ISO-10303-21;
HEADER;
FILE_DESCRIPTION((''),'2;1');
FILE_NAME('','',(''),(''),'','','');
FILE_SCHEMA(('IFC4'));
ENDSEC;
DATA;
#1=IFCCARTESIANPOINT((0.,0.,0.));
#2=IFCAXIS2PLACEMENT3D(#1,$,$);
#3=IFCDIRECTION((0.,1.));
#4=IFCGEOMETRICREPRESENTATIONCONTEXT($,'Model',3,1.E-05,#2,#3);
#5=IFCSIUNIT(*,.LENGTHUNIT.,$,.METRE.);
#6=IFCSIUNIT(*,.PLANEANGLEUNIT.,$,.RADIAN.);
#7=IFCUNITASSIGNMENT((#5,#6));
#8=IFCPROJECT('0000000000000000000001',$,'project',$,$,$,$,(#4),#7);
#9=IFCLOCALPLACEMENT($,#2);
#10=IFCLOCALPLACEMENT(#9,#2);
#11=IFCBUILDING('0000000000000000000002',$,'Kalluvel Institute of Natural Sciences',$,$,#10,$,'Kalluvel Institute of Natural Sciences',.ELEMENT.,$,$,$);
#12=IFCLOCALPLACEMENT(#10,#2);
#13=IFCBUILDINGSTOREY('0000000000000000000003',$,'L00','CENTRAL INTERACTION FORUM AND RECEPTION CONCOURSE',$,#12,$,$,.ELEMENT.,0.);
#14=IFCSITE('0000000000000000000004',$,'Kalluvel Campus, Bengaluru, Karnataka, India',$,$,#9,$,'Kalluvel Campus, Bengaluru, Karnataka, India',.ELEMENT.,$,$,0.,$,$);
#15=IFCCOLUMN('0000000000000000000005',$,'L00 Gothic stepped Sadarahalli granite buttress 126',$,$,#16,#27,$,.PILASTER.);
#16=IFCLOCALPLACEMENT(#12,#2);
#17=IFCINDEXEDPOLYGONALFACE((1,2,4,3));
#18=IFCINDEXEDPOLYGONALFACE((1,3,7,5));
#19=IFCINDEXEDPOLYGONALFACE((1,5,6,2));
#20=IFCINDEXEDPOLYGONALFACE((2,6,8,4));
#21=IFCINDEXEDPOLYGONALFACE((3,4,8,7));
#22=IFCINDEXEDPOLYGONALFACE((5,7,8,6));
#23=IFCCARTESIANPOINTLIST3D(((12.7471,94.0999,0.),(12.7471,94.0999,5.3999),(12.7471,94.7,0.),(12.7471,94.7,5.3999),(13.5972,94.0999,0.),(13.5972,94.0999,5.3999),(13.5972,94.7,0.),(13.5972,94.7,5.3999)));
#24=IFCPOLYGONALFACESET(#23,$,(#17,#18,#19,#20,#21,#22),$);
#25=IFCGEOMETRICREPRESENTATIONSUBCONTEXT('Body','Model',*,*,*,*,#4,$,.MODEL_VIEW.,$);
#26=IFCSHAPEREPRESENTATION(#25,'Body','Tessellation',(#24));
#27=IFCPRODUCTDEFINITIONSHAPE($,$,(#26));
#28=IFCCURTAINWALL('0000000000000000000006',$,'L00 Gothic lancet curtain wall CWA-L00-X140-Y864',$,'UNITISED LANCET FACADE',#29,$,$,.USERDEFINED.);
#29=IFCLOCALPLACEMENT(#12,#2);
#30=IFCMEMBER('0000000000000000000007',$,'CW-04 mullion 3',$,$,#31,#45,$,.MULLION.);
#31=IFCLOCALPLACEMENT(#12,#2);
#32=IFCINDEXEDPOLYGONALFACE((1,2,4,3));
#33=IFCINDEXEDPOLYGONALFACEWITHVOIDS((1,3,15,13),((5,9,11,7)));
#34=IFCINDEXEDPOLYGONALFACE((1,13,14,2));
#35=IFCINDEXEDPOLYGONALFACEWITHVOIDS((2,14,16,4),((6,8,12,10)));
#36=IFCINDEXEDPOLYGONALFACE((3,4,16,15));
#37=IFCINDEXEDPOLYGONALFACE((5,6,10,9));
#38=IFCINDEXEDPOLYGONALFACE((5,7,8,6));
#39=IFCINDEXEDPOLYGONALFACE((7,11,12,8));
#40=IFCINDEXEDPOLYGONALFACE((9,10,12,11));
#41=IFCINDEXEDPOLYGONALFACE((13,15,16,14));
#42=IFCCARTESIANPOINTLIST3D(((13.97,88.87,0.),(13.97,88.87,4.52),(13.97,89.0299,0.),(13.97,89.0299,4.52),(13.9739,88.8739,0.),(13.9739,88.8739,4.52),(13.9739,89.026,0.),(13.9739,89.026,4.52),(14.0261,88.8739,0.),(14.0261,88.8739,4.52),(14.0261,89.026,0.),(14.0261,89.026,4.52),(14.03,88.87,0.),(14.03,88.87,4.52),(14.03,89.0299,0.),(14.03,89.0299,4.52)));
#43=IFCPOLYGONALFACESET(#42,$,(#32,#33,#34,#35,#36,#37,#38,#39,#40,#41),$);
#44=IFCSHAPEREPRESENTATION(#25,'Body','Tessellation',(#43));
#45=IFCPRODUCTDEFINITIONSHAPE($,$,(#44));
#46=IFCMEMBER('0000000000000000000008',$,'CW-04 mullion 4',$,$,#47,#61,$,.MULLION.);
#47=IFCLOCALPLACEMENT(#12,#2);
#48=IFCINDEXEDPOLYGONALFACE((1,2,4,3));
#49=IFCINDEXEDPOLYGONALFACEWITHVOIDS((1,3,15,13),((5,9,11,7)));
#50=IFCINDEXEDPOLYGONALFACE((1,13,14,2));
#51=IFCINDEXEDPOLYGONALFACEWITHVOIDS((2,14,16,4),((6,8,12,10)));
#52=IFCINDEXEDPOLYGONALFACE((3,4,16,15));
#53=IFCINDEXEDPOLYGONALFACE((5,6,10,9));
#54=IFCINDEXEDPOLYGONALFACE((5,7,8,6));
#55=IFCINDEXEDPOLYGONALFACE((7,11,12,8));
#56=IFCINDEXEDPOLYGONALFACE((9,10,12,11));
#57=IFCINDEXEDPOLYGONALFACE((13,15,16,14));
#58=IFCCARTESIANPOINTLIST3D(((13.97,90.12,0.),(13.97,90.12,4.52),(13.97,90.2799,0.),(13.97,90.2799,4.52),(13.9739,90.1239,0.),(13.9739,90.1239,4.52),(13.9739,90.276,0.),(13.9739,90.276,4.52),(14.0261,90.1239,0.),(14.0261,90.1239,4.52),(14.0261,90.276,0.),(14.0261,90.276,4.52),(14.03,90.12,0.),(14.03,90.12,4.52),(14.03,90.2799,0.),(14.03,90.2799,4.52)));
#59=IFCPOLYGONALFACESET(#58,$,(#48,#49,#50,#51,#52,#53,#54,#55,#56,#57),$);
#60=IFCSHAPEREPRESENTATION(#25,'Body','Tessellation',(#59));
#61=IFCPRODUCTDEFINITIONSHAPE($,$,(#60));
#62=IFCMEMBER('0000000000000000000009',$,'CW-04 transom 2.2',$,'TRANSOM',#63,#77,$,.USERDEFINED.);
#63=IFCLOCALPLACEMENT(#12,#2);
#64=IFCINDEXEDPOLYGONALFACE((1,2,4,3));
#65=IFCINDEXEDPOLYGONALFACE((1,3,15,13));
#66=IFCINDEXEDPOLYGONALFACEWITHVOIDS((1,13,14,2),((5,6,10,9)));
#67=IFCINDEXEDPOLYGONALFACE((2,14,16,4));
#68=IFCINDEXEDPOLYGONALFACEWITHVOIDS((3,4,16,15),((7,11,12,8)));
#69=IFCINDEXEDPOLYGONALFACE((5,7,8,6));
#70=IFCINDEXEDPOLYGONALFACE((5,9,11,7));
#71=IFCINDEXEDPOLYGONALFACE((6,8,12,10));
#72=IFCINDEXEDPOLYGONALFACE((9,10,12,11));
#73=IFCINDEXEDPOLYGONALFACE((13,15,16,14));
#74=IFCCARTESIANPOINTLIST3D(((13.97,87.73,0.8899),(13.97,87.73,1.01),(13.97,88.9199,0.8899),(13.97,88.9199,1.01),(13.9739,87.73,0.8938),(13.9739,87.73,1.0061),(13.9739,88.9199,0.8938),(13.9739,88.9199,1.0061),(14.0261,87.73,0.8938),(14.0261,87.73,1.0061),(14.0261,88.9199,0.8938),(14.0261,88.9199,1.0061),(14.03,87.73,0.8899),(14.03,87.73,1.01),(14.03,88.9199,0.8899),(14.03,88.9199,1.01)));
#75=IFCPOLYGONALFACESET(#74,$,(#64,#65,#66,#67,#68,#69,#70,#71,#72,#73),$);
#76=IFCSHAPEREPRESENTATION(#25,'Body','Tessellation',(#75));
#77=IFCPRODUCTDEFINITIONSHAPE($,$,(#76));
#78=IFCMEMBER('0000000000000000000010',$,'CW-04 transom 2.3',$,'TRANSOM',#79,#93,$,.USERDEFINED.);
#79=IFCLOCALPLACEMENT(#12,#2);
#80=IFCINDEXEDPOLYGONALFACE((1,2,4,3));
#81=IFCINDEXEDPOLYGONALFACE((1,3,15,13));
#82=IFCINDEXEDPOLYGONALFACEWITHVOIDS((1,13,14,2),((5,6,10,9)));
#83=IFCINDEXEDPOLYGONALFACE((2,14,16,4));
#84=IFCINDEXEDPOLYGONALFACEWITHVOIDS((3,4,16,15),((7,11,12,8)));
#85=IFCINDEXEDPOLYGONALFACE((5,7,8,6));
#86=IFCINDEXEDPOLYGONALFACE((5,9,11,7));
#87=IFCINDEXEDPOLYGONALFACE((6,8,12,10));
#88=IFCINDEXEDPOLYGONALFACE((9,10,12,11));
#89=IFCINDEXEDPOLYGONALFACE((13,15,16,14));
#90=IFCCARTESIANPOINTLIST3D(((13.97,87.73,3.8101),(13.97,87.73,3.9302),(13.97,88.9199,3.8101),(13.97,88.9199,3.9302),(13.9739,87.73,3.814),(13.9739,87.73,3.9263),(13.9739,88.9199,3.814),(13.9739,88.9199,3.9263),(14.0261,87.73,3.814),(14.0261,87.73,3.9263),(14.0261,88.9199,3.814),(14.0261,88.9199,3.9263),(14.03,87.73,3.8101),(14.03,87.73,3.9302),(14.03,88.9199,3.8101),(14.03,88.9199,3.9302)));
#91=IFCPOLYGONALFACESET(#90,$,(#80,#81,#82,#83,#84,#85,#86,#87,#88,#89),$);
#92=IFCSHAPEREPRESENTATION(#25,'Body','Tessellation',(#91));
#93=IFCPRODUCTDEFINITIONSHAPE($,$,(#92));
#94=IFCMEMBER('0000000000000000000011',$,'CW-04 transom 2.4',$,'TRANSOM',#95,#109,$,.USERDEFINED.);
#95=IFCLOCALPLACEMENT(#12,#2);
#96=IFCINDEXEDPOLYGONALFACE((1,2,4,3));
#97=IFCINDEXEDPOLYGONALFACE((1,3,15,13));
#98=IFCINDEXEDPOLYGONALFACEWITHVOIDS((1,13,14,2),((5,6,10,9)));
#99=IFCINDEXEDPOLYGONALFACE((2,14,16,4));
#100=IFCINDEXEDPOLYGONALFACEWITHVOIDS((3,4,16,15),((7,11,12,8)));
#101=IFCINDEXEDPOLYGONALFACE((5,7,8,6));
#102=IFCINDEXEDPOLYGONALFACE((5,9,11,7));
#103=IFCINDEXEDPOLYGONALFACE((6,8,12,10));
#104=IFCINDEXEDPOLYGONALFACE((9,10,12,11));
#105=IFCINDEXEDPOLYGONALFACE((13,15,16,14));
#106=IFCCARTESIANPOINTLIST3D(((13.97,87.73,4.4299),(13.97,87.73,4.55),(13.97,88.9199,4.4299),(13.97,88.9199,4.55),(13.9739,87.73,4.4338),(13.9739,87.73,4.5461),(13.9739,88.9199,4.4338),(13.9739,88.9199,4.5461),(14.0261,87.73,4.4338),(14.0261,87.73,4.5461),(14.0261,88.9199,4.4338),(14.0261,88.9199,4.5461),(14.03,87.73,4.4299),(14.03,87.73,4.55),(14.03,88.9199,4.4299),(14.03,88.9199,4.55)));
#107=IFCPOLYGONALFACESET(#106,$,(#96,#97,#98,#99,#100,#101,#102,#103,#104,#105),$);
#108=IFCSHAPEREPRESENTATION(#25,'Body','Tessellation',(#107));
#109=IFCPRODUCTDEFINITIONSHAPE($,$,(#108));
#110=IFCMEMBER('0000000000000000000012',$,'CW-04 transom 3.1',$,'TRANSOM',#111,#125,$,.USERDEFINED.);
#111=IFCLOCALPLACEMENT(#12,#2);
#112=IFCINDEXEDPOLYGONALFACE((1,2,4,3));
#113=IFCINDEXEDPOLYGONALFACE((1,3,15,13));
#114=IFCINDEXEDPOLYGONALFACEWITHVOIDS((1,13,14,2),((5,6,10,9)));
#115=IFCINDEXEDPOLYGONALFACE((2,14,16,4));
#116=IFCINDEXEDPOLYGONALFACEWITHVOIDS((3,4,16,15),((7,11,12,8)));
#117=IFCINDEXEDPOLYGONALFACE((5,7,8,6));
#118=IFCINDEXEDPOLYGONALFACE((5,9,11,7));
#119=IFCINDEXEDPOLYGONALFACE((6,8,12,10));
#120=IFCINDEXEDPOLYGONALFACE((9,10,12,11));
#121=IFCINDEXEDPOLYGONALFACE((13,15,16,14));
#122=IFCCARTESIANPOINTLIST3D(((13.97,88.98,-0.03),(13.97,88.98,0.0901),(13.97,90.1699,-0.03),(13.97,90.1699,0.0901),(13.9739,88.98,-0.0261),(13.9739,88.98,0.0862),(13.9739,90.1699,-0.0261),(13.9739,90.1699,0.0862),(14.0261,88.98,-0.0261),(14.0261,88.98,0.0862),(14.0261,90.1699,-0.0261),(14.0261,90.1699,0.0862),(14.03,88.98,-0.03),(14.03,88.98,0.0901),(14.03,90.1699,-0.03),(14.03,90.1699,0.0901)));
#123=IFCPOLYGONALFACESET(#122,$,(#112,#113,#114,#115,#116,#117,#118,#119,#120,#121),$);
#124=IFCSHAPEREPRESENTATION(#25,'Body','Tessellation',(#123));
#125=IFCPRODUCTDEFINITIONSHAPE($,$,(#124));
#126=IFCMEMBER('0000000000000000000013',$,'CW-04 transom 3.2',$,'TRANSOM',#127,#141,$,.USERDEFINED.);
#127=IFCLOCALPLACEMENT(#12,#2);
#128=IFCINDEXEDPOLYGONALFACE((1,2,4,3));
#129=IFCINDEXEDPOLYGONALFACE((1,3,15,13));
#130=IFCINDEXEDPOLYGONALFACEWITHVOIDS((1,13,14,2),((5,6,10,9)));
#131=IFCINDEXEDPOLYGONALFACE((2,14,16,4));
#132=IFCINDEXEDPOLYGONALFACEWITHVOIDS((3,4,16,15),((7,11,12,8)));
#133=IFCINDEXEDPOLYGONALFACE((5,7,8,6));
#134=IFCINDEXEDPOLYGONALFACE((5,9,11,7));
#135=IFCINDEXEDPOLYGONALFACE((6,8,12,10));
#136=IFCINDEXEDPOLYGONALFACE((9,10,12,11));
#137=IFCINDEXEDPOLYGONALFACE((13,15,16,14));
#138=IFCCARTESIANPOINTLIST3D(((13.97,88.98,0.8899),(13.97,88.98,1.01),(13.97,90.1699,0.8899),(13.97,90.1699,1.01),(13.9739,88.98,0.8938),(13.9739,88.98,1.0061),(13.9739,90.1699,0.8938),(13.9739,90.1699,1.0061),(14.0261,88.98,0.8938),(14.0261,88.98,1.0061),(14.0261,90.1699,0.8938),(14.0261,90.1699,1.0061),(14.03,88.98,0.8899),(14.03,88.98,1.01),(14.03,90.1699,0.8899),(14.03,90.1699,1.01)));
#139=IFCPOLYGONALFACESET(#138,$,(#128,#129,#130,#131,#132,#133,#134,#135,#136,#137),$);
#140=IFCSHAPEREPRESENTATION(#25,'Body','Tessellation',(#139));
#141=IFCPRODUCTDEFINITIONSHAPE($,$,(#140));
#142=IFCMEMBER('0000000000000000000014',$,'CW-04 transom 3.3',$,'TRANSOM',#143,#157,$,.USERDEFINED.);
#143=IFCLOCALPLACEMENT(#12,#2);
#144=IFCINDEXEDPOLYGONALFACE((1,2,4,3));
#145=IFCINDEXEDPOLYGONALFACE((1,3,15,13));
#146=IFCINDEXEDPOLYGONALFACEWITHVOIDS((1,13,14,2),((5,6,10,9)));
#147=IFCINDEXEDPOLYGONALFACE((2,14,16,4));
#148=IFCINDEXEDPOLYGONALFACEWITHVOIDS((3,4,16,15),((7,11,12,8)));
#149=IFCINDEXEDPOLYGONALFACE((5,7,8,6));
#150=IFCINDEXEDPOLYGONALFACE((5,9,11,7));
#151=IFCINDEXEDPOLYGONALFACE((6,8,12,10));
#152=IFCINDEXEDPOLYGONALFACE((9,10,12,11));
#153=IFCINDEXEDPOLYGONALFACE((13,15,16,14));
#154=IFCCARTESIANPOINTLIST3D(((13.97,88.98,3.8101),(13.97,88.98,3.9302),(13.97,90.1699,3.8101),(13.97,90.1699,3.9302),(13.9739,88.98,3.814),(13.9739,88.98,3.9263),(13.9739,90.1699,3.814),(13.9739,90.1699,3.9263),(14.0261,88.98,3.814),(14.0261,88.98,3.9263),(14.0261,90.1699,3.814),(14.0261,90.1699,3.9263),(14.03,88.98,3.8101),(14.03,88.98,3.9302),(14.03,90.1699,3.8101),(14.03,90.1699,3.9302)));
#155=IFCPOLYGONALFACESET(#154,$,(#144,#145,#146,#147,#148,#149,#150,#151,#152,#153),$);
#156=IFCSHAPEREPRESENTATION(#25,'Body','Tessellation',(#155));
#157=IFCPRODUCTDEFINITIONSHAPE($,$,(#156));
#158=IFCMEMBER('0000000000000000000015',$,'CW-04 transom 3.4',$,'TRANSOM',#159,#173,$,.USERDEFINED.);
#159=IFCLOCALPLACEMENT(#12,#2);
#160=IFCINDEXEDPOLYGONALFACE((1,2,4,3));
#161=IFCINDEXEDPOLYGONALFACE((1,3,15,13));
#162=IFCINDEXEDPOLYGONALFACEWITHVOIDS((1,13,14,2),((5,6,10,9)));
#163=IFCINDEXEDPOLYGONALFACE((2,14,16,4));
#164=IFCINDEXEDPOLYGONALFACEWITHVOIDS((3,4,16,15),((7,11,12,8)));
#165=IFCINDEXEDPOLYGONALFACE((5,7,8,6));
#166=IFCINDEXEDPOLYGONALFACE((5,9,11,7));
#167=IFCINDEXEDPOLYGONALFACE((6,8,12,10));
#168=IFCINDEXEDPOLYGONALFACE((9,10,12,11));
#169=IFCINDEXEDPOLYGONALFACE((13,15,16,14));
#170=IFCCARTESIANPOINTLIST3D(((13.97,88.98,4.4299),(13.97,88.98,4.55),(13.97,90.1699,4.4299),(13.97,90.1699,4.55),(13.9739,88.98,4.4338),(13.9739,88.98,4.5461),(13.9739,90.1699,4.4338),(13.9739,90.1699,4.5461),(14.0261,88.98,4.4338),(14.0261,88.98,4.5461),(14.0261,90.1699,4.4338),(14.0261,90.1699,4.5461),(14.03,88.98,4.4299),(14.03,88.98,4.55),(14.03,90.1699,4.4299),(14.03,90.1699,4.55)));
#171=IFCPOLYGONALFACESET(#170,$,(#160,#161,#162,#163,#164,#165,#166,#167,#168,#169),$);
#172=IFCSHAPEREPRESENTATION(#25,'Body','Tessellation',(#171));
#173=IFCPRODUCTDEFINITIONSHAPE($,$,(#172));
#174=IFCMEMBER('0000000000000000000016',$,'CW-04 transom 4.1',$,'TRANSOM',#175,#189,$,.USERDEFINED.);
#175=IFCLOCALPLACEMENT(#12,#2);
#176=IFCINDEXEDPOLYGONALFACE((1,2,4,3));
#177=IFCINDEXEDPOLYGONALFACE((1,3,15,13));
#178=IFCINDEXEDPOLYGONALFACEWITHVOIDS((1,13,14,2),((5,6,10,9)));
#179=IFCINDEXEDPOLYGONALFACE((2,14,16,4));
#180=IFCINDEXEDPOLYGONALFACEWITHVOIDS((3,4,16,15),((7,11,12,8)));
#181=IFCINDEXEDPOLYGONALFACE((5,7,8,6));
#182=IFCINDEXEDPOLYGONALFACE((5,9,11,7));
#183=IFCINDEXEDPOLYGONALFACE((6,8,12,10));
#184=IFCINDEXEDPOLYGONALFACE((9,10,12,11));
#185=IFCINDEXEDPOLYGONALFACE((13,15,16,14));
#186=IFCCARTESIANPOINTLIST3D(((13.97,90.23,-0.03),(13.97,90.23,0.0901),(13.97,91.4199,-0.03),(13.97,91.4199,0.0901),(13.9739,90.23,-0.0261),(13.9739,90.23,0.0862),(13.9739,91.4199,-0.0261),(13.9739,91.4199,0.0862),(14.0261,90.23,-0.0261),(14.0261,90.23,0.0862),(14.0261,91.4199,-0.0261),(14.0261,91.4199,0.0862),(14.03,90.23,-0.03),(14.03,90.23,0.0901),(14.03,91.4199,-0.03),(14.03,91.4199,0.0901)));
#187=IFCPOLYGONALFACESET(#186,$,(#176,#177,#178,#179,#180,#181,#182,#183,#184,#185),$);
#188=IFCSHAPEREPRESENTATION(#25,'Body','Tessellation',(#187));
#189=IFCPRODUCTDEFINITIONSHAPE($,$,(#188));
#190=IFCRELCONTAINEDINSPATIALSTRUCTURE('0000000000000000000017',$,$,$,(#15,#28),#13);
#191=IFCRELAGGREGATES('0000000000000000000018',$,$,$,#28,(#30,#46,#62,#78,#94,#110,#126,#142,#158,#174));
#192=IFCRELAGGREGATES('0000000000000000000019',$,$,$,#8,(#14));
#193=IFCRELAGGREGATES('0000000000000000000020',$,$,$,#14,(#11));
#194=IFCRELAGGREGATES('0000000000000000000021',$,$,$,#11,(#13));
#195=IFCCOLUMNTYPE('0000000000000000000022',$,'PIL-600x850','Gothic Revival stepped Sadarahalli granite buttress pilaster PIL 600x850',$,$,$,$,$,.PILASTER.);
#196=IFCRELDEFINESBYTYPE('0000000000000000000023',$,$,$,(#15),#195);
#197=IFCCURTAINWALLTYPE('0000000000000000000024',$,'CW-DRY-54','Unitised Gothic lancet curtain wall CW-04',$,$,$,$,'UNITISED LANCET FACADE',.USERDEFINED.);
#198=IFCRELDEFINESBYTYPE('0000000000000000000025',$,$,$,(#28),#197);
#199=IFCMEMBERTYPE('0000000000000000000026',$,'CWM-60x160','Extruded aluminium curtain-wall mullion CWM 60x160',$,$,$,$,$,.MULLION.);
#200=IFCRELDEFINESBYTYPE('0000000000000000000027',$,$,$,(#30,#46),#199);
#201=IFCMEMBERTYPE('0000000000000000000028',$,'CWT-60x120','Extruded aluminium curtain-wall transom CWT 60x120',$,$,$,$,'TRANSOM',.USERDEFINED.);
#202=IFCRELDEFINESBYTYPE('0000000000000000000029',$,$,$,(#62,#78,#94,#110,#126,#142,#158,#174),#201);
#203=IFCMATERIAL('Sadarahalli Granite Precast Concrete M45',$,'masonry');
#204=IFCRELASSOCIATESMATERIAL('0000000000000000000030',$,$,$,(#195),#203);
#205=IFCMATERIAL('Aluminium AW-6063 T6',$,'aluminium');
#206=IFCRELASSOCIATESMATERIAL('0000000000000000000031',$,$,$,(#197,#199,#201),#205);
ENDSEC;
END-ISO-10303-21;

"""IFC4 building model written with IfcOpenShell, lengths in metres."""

from ifc_helpers import new_model, si_unit, direction, frame, origin, origin_2d, place, context, subcontext, project, spatial, rectangle, hollow_rectangle, extrude, material, material_profile, profile_set, type_object, element, aggregate, save


model = new_model("IFC4")

# Units and contexts
model_context = context("Model", 3, precision=1e-05, world=origin(), true_north=direction((0.0, 1.0)))
body_context = subcontext(model_context, "Body", "Model", "MODEL_VIEW")
ifc_project = project(units=[si_unit("LENGTHUNIT", "METRE"), si_unit("PLANEANGLEUNIT", "RADIAN")], contexts=[model_context])

# Site, building, storey
site_placement = place(None, origin())
site = spatial("IfcSite", under=ifc_project, at=site_placement, Name="Kalluvel Campus, Bengaluru, Karnataka, India", LongName="Kalluvel Campus, Bengaluru, Karnataka, India", CompositionType="ELEMENT", RefElevation=0.0)
building_placement = place(site_placement, origin())
building = spatial("IfcBuilding", under=site, at=building_placement, Name="Kalluvel Institute of Natural Sciences", LongName="Kalluvel Institute of Natural Sciences", CompositionType="ELEMENT")
storey_placement = place(building_placement, origin())
storey = spatial("IfcBuildingStorey", under=building, at=storey_placement, Name="L00", Description="CENTRAL INTERACTION FORUM AND RECEPTION CONCOURSE", CompositionType="ELEMENT", Elevation=0.0)

# Column
ifc_material_1 = material(Name="Sadarahalli Granite Precast Concrete M45", Category="masonry")
ifc_material_profile_1 = material_profile(ifc_material_1, rectangle(XDim=0.6001, YDim=0.8501, at=origin_2d()), Name="PIL 600x850")
ifc_profile_set_1 = profile_set([ifc_material_profile_1], Name="Sadarahalli Granite Precast Concrete M45")
column_type = type_object("IfcColumnType", Name="PIL-600x850", Description="Gothic Revival stepped Sadarahalli granite buttress pilaster PIL 600x850", PredefinedType="PILASTER", material=ifc_profile_set_1)
column_placement = place(storey_placement, frame((13.1721, 94.3999, 0.0), z_axis=(0.0, 0.0, 1.0), x_axis=(0.0, 1.0, 0.0)))
element("IfcColumn", 1, at=column_placement, inside=storey, type_object=column_type, Name="L00 Gothic stepped Sadarahalli granite buttress 126", PredefinedType="PILASTER", context=body_context, shape_type="SweptSolid", body=[
    extrude(rectangle(XDim=0.6001, YDim=0.8501, at=origin_2d()), origin(), (0.0, 0.0, 1.0), 5.3999),
])

# Curtain wall, members
ifc_material_2 = material(Name="Aluminium AW-6063 T6", Category="aluminium")
curtain_wall_type = type_object("IfcCurtainWallType", Name="CW-DRY-54", Description="Unitised Gothic lancet curtain wall CW-04", ElementType="UNITISED LANCET FACADE", PredefinedType="USERDEFINED", material=ifc_material_2)
curtain_wall_placement = place(storey_placement, origin())
curtain_wall = element("IfcCurtainWall", 2, at=curtain_wall_placement, inside=storey, type_object=curtain_wall_type, Name="L00 Gothic lancet curtain wall CWA-L00-X140-Y864", ObjectType="UNITISED LANCET FACADE", PredefinedType="USERDEFINED")
ifc_material_profile_2 = material_profile(ifc_material_2, hollow_rectangle(XDim=0.0601, YDim=0.1599, WallThickness=0.0039, at=origin_2d()), Name="CWM 60x160")
ifc_profile_set_2 = profile_set([ifc_material_profile_2], Name="Aluminium AW-6063 T6")
member_type_1 = type_object("IfcMemberType", Name="CWM-60x160", Description="Extruded aluminium curtain-wall mullion CWM 60x160", PredefinedType="MULLION", material=ifc_profile_set_2)
member_1_placement = place(storey_placement, frame((14.0, 88.95, 0.0), z_axis=(0.0, 0.0, 1.0), x_axis=(-1.0, 0.0, 0.0)))
member_1 = element("IfcMember", 3, at=member_1_placement, type_object=member_type_1, Name="CW-04 mullion 3", PredefinedType="MULLION", context=body_context, shape_type="SweptSolid", body=[
    extrude(hollow_rectangle(XDim=0.0601, YDim=0.1599, WallThickness=0.0039, at=origin_2d()), origin(), (0.0, 0.0, 1.0), 4.52),
])
member_2_placement = place(storey_placement, frame((14.0, 90.2, 0.0), z_axis=(0.0, 0.0, 1.0), x_axis=(-1.0, 0.0, 0.0)))
member_2 = element("IfcMember", 4, at=member_2_placement, type_object=member_type_1, Name="CW-04 mullion 4", PredefinedType="MULLION", context=body_context, shape_type="SweptSolid", body=[
    extrude(hollow_rectangle(XDim=0.0601, YDim=0.1599, WallThickness=0.0039, at=origin_2d()), origin(), (0.0, 0.0, 1.0), 4.52),
])
ifc_material_profile_3 = material_profile(ifc_material_2, hollow_rectangle(XDim=0.0601, YDim=0.1201, WallThickness=0.0039, at=origin_2d()), Name="CWT 60x120")
ifc_profile_set_3 = profile_set([ifc_material_profile_3], Name="Aluminium AW-6063 T6")
member_type_2 = type_object("IfcMemberType", Name="CWT-60x120", Description="Extruded aluminium curtain-wall transom CWT 60x120", ElementType="TRANSOM", PredefinedType="USERDEFINED", material=ifc_profile_set_3)
member_3_placement = place(storey_placement, frame((14.0, 87.73, 0.95), z_axis=(0.0, 1.0, 0.0), x_axis=(-1.0, 0.0, 0.0)))
member_3 = element("IfcMember", 5, at=member_3_placement, type_object=member_type_2, Name="CW-04 transom 2.2", ObjectType="TRANSOM", PredefinedType="USERDEFINED", context=body_context, shape_type="SweptSolid", body=[
    extrude(hollow_rectangle(XDim=0.0601, YDim=0.1201, WallThickness=0.0039, at=origin_2d()), origin(), (0.0, 0.0, 1.0), 1.1899),
])
member_4_placement = place(storey_placement, frame((14.0, 87.73, 3.8701), z_axis=(0.0, 1.0, 0.0), x_axis=(-1.0, 0.0, 0.0)))
member_4 = element("IfcMember", 6, at=member_4_placement, type_object=member_type_2, Name="CW-04 transom 2.3", ObjectType="TRANSOM", PredefinedType="USERDEFINED", context=body_context, shape_type="SweptSolid", body=[
    extrude(hollow_rectangle(XDim=0.0601, YDim=0.1201, WallThickness=0.0039, at=origin_2d()), origin(), (0.0, 0.0, 1.0), 1.1899),
])
member_5_placement = place(storey_placement, frame((14.0, 87.73, 4.49), z_axis=(0.0, 1.0, 0.0), x_axis=(-1.0, 0.0, 0.0)))
member_5 = element("IfcMember", 7, at=member_5_placement, type_object=member_type_2, Name="CW-04 transom 2.4", ObjectType="TRANSOM", PredefinedType="USERDEFINED", context=body_context, shape_type="SweptSolid", body=[
    extrude(hollow_rectangle(XDim=0.0601, YDim=0.1201, WallThickness=0.0039, at=origin_2d()), origin(), (0.0, 0.0, 1.0), 1.1899),
])
member_6_placement = place(storey_placement, frame((14.0, 88.98, 0.03), z_axis=(0.0, 1.0, 0.0), x_axis=(-1.0, 0.0, 0.0)))
member_6 = element("IfcMember", 8, at=member_6_placement, type_object=member_type_2, Name="CW-04 transom 3.1", ObjectType="TRANSOM", PredefinedType="USERDEFINED", context=body_context, shape_type="SweptSolid", body=[
    extrude(hollow_rectangle(XDim=0.0601, YDim=0.1201, WallThickness=0.0039, at=origin_2d()), origin(), (0.0, 0.0, 1.0), 1.1899),
])
member_7_placement = place(storey_placement, frame((14.0, 88.98, 0.95), z_axis=(0.0, 1.0, 0.0), x_axis=(-1.0, 0.0, 0.0)))
member_7 = element("IfcMember", 9, at=member_7_placement, type_object=member_type_2, Name="CW-04 transom 3.2", ObjectType="TRANSOM", PredefinedType="USERDEFINED", context=body_context, shape_type="SweptSolid", body=[
    extrude(hollow_rectangle(XDim=0.0601, YDim=0.1201, WallThickness=0.0039, at=origin_2d()), origin(), (0.0, 0.0, 1.0), 1.1899),
])
member_8_placement = place(storey_placement, frame((14.0, 88.98, 3.8701), z_axis=(0.0, 1.0, 0.0), x_axis=(-1.0, 0.0, 0.0)))
member_8 = element("IfcMember", 10, at=member_8_placement, type_object=member_type_2, Name="CW-04 transom 3.3", ObjectType="TRANSOM", PredefinedType="USERDEFINED", context=body_context, shape_type="SweptSolid", body=[
    extrude(hollow_rectangle(XDim=0.0601, YDim=0.1201, WallThickness=0.0039, at=origin_2d()), origin(), (0.0, 0.0, 1.0), 1.1899),
])
member_9_placement = place(storey_placement, frame((14.0, 88.98, 4.49), z_axis=(0.0, 1.0, 0.0), x_axis=(-1.0, 0.0, 0.0)))
member_9 = element("IfcMember", 11, at=member_9_placement, type_object=member_type_2, Name="CW-04 transom 3.4", ObjectType="TRANSOM", PredefinedType="USERDEFINED", context=body_context, shape_type="SweptSolid", body=[
    extrude(hollow_rectangle(XDim=0.0601, YDim=0.1201, WallThickness=0.0039, at=origin_2d()), origin(), (0.0, 0.0, 1.0), 1.1899),
])
member_10_placement = place(storey_placement, frame((14.0, 90.23, 0.03), z_axis=(0.0, 1.0, 0.0), x_axis=(-1.0, 0.0, 0.0)))
member_10 = element("IfcMember", 12, at=member_10_placement, type_object=member_type_2, Name="CW-04 transom 4.1", ObjectType="TRANSOM", PredefinedType="USERDEFINED", context=body_context, shape_type="SweptSolid", body=[
    extrude(hollow_rectangle(XDim=0.0601, YDim=0.1201, WallThickness=0.0039, at=origin_2d()), origin(), (0.0, 0.0, 1.0), 1.1899),
])
aggregate(curtain_wall, [member_1, member_2, member_3, member_4, member_5, member_6, member_7, member_8, member_9, member_10])

save(model, "model.ifc")
